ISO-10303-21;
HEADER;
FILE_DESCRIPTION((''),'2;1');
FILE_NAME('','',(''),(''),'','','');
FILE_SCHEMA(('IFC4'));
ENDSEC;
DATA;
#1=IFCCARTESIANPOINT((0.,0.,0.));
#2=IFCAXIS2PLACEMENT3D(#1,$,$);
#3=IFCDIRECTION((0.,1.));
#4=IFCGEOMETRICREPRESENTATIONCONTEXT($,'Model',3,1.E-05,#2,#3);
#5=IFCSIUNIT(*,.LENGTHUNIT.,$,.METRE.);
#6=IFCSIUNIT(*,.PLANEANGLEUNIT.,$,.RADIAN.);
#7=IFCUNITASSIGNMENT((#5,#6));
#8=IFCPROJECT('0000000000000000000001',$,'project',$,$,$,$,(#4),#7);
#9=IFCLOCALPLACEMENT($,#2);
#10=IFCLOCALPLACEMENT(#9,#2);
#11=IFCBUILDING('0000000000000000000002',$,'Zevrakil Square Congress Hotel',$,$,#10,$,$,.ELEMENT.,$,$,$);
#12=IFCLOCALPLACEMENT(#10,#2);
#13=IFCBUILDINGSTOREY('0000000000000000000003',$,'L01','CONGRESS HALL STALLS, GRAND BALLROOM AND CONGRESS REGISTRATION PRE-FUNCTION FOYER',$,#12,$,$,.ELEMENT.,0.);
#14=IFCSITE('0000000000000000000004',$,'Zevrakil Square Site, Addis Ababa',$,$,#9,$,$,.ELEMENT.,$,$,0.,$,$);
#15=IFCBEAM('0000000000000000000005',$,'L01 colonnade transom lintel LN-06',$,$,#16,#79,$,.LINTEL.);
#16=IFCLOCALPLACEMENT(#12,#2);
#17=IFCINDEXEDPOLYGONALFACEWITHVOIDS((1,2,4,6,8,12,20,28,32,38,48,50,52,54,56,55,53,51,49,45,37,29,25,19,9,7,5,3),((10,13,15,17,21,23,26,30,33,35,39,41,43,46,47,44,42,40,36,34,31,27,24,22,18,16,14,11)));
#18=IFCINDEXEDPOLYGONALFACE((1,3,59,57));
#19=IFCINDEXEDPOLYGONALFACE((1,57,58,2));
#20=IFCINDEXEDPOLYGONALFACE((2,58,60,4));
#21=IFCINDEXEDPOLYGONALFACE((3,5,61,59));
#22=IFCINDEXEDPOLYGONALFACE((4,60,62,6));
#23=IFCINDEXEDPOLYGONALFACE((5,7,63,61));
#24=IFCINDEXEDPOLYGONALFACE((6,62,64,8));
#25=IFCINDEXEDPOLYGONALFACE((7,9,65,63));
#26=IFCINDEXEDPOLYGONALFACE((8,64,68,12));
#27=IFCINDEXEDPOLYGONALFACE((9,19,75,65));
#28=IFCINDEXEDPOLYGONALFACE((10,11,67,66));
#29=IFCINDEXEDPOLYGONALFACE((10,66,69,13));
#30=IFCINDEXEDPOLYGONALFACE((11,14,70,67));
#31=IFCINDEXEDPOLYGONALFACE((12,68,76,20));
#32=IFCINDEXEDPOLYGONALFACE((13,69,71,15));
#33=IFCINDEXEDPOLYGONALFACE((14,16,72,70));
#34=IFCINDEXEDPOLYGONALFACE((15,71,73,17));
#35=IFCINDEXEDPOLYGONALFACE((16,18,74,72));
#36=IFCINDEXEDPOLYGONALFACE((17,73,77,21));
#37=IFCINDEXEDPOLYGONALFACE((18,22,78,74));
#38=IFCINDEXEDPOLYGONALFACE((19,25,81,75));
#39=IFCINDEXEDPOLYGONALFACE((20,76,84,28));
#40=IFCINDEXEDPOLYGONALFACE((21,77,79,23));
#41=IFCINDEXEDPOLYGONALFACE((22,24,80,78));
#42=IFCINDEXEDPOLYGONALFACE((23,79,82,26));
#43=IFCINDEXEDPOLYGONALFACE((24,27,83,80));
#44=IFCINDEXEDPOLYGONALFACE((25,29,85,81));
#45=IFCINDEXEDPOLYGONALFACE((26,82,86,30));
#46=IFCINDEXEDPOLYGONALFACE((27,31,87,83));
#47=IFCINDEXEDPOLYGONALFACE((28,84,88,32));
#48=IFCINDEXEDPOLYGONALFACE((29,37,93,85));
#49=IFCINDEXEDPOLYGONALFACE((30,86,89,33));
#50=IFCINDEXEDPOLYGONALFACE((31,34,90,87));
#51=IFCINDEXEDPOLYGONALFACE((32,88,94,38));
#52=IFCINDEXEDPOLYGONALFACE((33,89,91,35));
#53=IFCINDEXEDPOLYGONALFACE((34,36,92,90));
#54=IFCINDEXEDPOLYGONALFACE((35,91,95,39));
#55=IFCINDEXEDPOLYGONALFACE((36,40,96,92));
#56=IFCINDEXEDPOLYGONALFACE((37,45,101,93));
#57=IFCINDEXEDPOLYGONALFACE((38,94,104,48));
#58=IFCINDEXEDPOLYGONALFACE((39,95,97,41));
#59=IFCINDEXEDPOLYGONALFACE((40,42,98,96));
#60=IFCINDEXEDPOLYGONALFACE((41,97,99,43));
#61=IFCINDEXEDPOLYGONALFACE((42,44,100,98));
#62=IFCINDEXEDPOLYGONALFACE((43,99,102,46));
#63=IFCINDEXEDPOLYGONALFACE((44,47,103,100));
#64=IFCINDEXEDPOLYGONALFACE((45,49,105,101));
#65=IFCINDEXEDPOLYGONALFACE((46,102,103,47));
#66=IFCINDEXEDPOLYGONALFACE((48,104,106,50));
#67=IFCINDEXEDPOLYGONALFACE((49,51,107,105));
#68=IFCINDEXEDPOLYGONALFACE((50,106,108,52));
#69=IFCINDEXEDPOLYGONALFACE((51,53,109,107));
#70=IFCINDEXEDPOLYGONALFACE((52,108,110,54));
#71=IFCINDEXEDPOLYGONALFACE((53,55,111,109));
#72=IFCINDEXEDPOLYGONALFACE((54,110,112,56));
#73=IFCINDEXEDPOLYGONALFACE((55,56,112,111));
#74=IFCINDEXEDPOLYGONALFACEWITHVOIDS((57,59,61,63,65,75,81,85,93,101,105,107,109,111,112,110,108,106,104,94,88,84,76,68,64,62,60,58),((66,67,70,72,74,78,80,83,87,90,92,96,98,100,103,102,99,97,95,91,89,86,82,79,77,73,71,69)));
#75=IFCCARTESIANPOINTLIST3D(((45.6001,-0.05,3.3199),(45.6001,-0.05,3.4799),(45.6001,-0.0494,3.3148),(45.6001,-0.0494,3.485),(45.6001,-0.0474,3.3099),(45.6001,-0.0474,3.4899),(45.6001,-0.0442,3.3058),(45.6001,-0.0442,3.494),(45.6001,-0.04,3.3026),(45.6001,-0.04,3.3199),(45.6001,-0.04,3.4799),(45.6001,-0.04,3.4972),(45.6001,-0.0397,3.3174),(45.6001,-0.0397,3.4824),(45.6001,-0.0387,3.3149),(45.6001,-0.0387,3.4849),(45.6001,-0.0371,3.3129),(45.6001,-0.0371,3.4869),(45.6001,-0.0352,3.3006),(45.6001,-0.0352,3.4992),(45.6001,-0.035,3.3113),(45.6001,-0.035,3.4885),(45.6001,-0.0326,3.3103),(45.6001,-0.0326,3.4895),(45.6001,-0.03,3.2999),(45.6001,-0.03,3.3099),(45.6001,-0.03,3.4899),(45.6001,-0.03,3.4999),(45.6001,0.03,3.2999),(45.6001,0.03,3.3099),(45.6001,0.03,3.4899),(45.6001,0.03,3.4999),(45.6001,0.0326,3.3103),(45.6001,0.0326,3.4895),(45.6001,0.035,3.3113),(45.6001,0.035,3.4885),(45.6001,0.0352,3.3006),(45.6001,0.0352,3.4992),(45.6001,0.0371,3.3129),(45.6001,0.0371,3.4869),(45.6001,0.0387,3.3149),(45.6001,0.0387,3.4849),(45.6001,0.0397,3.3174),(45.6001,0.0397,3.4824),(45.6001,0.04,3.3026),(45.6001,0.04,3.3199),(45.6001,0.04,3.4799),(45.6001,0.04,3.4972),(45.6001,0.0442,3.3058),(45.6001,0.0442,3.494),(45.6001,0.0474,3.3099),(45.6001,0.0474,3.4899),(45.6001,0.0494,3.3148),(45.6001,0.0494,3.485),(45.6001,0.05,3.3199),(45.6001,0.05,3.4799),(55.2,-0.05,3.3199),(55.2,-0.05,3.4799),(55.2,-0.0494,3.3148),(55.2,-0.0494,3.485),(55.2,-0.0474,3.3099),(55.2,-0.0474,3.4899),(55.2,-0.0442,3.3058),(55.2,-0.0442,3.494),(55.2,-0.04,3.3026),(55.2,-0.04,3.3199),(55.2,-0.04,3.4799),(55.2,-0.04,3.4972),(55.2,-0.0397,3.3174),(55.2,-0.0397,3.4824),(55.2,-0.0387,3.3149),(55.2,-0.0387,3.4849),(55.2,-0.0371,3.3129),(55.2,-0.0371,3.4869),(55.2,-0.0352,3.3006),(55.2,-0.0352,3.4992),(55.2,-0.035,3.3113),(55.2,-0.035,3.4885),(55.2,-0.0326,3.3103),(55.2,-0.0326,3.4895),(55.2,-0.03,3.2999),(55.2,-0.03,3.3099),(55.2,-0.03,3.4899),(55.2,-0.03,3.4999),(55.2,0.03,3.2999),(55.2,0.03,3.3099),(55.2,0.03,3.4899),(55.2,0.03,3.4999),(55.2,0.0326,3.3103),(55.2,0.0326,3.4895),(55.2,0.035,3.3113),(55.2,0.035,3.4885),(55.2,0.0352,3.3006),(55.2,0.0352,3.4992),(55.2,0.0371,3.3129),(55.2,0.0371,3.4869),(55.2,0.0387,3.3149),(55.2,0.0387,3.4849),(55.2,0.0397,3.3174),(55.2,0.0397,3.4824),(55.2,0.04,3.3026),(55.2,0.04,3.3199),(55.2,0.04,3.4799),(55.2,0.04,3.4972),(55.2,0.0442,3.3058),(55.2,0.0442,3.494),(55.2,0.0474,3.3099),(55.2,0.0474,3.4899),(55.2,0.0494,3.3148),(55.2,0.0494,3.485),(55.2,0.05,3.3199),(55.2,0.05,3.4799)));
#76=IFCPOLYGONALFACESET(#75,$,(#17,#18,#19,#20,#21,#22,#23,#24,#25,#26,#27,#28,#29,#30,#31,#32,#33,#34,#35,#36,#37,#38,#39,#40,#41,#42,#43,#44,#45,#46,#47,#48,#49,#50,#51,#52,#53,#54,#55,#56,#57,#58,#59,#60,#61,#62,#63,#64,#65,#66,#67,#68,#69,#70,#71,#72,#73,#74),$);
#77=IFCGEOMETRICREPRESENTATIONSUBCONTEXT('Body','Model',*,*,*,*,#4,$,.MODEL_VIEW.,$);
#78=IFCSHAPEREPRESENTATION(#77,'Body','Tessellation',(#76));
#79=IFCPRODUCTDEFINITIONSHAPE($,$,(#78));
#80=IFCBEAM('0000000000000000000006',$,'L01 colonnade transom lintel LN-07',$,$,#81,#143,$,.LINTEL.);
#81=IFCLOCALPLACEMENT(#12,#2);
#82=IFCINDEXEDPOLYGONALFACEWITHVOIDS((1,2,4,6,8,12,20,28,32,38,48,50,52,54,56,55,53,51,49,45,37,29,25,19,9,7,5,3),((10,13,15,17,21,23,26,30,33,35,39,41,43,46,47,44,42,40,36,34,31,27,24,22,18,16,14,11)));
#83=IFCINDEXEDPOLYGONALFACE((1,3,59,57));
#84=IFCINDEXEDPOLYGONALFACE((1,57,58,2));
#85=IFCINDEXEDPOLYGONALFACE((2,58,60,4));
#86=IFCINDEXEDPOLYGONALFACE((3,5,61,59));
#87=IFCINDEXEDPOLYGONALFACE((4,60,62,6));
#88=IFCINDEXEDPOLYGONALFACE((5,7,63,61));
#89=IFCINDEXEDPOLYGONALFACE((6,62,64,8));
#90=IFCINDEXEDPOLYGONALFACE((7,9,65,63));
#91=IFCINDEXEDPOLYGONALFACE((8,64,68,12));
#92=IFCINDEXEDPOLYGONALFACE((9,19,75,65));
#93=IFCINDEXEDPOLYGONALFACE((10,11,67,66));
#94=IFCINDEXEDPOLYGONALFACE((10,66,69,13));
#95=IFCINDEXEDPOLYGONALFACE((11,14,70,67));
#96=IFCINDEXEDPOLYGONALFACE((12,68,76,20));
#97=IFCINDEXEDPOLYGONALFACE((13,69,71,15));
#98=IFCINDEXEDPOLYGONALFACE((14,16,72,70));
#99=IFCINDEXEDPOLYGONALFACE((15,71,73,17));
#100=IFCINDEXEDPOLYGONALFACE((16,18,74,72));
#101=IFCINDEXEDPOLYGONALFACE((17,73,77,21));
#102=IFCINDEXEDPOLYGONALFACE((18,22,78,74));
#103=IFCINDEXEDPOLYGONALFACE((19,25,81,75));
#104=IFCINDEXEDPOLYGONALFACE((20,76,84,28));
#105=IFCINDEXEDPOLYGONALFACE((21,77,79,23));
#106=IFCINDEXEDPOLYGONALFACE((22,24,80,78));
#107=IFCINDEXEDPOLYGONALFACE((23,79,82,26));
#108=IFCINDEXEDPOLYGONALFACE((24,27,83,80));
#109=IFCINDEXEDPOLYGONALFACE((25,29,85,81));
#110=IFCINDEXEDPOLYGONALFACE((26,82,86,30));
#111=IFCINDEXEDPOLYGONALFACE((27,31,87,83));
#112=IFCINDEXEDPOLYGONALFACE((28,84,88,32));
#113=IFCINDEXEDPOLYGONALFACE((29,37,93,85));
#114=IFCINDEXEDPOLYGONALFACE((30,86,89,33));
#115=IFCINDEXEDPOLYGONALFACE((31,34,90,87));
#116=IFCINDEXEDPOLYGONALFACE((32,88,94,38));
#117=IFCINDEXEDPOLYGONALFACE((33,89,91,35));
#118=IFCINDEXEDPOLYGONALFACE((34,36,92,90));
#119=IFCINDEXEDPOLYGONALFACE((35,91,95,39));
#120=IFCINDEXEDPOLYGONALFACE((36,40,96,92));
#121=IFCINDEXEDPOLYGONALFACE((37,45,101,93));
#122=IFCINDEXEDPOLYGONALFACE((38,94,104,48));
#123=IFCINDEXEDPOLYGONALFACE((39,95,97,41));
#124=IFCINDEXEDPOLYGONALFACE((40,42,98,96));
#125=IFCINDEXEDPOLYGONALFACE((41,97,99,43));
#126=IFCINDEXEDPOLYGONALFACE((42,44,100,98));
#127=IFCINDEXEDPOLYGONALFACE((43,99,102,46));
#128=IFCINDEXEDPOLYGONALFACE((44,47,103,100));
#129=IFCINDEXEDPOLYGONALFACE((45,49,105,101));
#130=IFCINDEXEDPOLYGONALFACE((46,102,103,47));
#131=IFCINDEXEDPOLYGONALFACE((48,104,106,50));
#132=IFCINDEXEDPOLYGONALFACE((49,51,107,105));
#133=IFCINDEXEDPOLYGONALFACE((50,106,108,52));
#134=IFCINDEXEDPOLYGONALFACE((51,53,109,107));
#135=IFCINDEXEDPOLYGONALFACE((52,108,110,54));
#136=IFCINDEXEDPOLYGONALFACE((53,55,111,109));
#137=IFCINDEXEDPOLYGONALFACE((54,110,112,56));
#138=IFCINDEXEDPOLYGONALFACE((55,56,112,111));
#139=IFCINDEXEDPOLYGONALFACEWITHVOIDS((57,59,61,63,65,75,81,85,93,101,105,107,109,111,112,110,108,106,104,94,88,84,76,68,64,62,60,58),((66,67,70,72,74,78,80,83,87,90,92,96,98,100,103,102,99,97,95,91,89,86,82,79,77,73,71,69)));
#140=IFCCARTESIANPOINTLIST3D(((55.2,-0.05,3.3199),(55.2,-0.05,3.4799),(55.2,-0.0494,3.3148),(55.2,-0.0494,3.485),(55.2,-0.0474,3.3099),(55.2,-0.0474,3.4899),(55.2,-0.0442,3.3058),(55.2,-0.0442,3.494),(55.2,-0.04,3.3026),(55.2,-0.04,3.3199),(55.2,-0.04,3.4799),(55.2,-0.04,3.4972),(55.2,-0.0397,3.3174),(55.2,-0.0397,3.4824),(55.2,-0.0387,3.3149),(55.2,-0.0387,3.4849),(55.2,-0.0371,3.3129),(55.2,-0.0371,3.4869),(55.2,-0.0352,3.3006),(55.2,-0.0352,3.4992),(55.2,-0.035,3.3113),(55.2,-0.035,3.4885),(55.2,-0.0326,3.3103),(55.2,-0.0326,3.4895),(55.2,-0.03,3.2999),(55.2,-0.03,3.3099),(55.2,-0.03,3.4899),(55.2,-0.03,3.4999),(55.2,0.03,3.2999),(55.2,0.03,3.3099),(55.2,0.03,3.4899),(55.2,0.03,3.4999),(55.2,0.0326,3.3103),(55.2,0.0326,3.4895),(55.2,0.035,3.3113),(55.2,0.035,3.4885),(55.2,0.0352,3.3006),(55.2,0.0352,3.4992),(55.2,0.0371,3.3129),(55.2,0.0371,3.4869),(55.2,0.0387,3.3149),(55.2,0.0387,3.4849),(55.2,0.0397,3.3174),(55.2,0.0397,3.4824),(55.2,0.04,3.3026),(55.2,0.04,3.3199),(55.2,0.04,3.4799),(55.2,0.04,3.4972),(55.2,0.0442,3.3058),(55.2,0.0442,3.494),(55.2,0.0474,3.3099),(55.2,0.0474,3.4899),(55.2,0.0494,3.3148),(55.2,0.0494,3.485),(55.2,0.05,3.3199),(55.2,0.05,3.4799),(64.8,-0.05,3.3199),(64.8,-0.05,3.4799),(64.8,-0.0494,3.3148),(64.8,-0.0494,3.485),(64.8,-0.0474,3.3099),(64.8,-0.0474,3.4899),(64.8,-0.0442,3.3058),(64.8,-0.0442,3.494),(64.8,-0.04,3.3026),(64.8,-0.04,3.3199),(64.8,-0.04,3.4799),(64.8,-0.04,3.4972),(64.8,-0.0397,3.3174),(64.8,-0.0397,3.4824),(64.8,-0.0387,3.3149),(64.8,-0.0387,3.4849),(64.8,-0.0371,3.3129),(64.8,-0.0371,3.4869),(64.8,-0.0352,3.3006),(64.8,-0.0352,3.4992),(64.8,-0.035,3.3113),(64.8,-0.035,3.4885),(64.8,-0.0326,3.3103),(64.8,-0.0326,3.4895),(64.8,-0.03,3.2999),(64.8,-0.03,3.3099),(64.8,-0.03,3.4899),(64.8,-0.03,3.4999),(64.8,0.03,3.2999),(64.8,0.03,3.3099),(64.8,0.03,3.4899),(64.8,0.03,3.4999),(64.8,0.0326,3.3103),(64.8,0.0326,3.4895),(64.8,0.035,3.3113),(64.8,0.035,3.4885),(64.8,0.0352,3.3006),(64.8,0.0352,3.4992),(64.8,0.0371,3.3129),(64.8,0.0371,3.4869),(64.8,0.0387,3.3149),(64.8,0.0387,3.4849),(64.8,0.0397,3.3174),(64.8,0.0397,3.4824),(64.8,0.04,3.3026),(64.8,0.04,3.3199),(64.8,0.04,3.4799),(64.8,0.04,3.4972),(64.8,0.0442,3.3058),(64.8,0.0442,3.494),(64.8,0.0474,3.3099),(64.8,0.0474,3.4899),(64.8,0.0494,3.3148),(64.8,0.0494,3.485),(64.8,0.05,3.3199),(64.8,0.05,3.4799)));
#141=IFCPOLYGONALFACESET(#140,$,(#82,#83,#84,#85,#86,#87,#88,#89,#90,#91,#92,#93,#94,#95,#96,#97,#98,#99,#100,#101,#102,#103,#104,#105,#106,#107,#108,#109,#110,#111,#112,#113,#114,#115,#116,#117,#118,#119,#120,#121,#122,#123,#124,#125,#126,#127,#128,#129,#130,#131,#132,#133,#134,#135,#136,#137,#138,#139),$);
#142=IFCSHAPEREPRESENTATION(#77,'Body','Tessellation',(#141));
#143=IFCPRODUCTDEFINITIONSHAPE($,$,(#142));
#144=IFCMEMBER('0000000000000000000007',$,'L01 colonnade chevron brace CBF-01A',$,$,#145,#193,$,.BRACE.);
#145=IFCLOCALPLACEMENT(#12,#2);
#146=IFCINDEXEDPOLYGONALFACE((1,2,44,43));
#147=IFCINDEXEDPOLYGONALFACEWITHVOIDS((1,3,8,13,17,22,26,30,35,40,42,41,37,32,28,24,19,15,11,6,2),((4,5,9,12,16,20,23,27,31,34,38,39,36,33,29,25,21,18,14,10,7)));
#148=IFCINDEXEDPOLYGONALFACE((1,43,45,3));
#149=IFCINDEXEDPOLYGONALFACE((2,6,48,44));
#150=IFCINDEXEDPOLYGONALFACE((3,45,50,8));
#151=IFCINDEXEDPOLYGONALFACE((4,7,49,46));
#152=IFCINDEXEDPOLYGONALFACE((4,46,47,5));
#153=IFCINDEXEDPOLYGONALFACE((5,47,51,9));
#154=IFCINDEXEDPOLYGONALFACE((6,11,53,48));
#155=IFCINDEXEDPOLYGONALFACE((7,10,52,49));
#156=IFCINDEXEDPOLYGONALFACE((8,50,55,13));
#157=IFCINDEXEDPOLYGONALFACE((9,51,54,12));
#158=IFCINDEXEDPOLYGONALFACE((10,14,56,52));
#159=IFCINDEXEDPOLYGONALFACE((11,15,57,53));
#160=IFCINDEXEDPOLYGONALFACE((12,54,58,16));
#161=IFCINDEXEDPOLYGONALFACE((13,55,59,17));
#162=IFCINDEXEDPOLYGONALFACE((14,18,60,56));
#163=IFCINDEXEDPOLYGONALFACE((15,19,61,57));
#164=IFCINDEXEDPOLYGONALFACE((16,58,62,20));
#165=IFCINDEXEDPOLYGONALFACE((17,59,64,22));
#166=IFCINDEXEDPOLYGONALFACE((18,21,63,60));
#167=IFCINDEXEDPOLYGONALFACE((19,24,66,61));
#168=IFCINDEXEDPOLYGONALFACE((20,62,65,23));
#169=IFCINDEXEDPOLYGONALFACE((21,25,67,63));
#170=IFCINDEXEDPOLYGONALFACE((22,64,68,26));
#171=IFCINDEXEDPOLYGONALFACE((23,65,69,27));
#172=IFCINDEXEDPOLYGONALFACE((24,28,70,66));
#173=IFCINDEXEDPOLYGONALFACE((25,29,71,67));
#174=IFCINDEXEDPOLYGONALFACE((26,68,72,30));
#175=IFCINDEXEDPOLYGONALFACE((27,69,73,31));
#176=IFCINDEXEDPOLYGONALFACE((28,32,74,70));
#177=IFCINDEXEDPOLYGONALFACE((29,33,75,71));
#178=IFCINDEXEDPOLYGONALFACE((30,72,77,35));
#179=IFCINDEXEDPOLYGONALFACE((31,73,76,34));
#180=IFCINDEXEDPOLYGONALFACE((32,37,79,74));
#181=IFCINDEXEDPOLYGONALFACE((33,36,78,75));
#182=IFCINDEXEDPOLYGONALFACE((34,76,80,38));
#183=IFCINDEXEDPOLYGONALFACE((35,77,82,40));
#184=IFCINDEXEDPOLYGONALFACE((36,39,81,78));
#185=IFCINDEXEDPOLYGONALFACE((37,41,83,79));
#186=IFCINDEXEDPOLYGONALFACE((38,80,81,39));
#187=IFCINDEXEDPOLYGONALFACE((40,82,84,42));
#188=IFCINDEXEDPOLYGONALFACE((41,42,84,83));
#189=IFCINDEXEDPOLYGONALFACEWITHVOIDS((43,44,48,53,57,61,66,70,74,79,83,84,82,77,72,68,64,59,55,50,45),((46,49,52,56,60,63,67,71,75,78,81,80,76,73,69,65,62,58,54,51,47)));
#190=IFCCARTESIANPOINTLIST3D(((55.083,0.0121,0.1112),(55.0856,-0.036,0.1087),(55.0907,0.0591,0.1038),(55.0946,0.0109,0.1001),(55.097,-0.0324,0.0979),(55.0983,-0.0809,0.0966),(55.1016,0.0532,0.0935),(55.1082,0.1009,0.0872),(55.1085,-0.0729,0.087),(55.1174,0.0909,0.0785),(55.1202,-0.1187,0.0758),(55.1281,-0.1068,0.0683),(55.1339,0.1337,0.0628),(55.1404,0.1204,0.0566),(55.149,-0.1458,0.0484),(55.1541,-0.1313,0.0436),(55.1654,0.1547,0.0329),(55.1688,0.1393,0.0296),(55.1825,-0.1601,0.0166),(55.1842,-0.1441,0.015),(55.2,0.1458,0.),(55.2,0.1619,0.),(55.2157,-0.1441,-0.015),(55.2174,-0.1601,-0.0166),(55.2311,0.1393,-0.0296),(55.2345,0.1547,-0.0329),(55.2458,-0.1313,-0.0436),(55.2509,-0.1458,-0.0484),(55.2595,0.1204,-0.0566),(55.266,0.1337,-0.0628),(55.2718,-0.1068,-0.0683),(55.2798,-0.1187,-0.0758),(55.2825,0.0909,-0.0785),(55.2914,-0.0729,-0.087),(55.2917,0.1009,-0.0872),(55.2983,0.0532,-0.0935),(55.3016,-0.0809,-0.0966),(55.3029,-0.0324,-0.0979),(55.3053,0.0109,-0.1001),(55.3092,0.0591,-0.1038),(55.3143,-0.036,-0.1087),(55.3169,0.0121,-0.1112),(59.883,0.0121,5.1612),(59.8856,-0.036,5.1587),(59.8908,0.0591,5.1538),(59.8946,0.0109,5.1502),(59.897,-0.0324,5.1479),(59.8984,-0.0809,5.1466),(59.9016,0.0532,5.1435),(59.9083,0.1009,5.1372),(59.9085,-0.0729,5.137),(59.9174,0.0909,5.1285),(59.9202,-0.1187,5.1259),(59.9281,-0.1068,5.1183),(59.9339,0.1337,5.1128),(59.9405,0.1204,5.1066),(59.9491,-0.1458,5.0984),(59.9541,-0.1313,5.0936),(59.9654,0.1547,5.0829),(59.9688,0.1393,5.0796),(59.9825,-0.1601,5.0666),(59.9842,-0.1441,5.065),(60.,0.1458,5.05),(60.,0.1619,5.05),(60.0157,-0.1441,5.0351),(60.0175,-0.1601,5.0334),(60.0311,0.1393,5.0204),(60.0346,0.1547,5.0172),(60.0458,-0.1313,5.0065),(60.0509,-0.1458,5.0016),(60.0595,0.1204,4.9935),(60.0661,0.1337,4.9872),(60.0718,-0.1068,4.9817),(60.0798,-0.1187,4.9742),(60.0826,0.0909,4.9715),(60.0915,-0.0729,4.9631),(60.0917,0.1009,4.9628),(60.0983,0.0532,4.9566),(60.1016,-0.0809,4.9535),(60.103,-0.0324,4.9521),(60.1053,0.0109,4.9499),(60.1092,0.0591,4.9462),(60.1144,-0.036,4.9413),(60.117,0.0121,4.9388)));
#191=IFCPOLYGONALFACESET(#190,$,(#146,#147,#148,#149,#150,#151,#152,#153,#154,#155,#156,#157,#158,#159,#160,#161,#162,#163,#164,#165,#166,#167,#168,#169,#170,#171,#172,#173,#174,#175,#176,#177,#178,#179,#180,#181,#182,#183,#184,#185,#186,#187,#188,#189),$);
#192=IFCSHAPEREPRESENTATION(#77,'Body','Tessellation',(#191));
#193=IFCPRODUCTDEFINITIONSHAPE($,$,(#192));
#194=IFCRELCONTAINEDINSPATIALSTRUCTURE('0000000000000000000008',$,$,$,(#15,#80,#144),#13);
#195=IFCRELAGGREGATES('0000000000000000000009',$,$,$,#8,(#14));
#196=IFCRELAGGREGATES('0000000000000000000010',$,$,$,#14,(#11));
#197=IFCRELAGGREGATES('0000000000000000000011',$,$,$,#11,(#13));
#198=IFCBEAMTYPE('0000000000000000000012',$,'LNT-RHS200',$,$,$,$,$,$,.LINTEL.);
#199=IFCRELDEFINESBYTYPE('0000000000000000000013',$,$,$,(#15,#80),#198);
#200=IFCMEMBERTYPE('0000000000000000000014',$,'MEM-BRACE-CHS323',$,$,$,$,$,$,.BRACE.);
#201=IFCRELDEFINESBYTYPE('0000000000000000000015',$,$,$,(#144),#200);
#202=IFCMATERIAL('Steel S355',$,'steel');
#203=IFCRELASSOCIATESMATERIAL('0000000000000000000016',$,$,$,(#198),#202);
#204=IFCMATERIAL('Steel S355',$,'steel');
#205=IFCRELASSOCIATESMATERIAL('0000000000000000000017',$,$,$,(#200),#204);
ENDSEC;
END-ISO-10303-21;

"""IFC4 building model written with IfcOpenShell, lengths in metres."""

from ifc_helpers import new_model, si_unit, direction, frame, origin, origin_2d, place, context, subcontext, project, spatial, hollow_rectangle, hollow_circle, extrude, material, material_profile, profile_set, type_object, element, save


model = new_model("IFC4")

# Units and contexts
model_context = context("Model", 3, precision=1e-05, world=origin(), true_north=direction((0.0, 1.0)))
body_context = subcontext(model_context, "Body", "Model", "MODEL_VIEW")
ifc_project = project(units=[si_unit("LENGTHUNIT", "METRE"), si_unit("PLANEANGLEUNIT", "RADIAN")], contexts=[model_context])

# Site, building, storey
site_placement = place(None, origin())
site = spatial("IfcSite", under=ifc_project, at=site_placement, Name="Zevrakil Square Site, Addis Ababa", CompositionType="ELEMENT", RefElevation=0.0)
building_placement = place(site_placement, origin())
building = spatial("IfcBuilding", under=site, at=building_placement, Name="Zevrakil Square Congress Hotel", CompositionType="ELEMENT")
storey_placement = place(building_placement, origin())
storey = spatial("IfcBuildingStorey", under=building, at=storey_placement, Name="L01", Description="CONGRESS HALL STALLS, GRAND BALLROOM AND CONGRESS REGISTRATION PRE-FUNCTION FOYER", CompositionType="ELEMENT", Elevation=0.0)

# Beams
ifc_material_1 = material(Name="Steel S355", Category="steel")
ifc_material_profile_1 = material_profile(ifc_material_1, hollow_rectangle(XDim=0.1001, YDim=0.2, WallThickness=0.01, InnerFilletRadius=0.01, OuterFilletRadius=0.02, at=origin_2d()), Name="RHS 200x100x10")
ifc_profile_set_1 = profile_set([ifc_material_profile_1], Name="Steel S355")
beam_type_1 = type_object("IfcBeamType", Name="LNT-RHS200", PredefinedType="LINTEL", material=ifc_profile_set_1)
beam_1_placement = place(storey_placement, frame((45.6001, 0.0, 3.3999), z_axis=(1.0, 0.0, 0.0), x_axis=(0.0, 1.0, 0.0)))
element("IfcBeam", 1, at=beam_1_placement, inside=storey, type_object=beam_type_1, Name="L01 colonnade transom lintel LN-06", PredefinedType="LINTEL", context=body_context, shape_type="SweptSolid", body=[
    extrude(hollow_rectangle(XDim=0.1001, YDim=0.2, WallThickness=0.01, InnerFilletRadius=0.01, OuterFilletRadius=0.02, at=origin_2d()), origin(), (0.0, 0.0, 1.0), 9.5999),
])
beam_2_placement = place(storey_placement, frame((55.2, 0.0, 3.3999), z_axis=(1.0, 0.0, 0.0), x_axis=(0.0, 1.0, 0.0)))
element("IfcBeam", 2, at=beam_2_placement, inside=storey, type_object=beam_type_1, Name="L01 colonnade transom lintel LN-07", PredefinedType="LINTEL", context=body_context, shape_type="SweptSolid", body=[
    extrude(hollow_rectangle(XDim=0.1001, YDim=0.2, WallThickness=0.01, InnerFilletRadius=0.01, OuterFilletRadius=0.02, at=origin_2d()), origin(), (0.0, 0.0, 1.0), 9.6001),
])

# Member
ifc_material_2 = material(Name="Steel S355", Category="steel")
ifc_material_profile_2 = material_profile(ifc_material_2, hollow_circle(Radius=0.1619, WallThickness=0.0161, at=origin_2d()), Name="CHS 323.9x16")
ifc_profile_set_2 = profile_set([ifc_material_profile_2], Name="Steel S355")
member_type = type_object("IfcMemberType", Name="MEM-BRACE-CHS323", PredefinedType="BRACE", material=ifc_profile_set_2)
member_placement = place(storey_placement, frame((55.2, 0.0, 0.0), z_axis=(0.688938, 0.0, 0.72482), x_axis=(0.0, 1.0, 0.0)))
element("IfcMember", 3, at=member_placement, inside=storey, type_object=member_type, Name="L01 colonnade chevron brace CBF-01A", PredefinedType="BRACE", context=body_context, shape_type="SweptSolid", body=[
    extrude(hollow_circle(Radius=0.1619, WallThickness=0.0161, at=origin_2d()), origin(), (0.0, 0.0, 1.0), 6.9673),
])

save(model, "model.ifc")
